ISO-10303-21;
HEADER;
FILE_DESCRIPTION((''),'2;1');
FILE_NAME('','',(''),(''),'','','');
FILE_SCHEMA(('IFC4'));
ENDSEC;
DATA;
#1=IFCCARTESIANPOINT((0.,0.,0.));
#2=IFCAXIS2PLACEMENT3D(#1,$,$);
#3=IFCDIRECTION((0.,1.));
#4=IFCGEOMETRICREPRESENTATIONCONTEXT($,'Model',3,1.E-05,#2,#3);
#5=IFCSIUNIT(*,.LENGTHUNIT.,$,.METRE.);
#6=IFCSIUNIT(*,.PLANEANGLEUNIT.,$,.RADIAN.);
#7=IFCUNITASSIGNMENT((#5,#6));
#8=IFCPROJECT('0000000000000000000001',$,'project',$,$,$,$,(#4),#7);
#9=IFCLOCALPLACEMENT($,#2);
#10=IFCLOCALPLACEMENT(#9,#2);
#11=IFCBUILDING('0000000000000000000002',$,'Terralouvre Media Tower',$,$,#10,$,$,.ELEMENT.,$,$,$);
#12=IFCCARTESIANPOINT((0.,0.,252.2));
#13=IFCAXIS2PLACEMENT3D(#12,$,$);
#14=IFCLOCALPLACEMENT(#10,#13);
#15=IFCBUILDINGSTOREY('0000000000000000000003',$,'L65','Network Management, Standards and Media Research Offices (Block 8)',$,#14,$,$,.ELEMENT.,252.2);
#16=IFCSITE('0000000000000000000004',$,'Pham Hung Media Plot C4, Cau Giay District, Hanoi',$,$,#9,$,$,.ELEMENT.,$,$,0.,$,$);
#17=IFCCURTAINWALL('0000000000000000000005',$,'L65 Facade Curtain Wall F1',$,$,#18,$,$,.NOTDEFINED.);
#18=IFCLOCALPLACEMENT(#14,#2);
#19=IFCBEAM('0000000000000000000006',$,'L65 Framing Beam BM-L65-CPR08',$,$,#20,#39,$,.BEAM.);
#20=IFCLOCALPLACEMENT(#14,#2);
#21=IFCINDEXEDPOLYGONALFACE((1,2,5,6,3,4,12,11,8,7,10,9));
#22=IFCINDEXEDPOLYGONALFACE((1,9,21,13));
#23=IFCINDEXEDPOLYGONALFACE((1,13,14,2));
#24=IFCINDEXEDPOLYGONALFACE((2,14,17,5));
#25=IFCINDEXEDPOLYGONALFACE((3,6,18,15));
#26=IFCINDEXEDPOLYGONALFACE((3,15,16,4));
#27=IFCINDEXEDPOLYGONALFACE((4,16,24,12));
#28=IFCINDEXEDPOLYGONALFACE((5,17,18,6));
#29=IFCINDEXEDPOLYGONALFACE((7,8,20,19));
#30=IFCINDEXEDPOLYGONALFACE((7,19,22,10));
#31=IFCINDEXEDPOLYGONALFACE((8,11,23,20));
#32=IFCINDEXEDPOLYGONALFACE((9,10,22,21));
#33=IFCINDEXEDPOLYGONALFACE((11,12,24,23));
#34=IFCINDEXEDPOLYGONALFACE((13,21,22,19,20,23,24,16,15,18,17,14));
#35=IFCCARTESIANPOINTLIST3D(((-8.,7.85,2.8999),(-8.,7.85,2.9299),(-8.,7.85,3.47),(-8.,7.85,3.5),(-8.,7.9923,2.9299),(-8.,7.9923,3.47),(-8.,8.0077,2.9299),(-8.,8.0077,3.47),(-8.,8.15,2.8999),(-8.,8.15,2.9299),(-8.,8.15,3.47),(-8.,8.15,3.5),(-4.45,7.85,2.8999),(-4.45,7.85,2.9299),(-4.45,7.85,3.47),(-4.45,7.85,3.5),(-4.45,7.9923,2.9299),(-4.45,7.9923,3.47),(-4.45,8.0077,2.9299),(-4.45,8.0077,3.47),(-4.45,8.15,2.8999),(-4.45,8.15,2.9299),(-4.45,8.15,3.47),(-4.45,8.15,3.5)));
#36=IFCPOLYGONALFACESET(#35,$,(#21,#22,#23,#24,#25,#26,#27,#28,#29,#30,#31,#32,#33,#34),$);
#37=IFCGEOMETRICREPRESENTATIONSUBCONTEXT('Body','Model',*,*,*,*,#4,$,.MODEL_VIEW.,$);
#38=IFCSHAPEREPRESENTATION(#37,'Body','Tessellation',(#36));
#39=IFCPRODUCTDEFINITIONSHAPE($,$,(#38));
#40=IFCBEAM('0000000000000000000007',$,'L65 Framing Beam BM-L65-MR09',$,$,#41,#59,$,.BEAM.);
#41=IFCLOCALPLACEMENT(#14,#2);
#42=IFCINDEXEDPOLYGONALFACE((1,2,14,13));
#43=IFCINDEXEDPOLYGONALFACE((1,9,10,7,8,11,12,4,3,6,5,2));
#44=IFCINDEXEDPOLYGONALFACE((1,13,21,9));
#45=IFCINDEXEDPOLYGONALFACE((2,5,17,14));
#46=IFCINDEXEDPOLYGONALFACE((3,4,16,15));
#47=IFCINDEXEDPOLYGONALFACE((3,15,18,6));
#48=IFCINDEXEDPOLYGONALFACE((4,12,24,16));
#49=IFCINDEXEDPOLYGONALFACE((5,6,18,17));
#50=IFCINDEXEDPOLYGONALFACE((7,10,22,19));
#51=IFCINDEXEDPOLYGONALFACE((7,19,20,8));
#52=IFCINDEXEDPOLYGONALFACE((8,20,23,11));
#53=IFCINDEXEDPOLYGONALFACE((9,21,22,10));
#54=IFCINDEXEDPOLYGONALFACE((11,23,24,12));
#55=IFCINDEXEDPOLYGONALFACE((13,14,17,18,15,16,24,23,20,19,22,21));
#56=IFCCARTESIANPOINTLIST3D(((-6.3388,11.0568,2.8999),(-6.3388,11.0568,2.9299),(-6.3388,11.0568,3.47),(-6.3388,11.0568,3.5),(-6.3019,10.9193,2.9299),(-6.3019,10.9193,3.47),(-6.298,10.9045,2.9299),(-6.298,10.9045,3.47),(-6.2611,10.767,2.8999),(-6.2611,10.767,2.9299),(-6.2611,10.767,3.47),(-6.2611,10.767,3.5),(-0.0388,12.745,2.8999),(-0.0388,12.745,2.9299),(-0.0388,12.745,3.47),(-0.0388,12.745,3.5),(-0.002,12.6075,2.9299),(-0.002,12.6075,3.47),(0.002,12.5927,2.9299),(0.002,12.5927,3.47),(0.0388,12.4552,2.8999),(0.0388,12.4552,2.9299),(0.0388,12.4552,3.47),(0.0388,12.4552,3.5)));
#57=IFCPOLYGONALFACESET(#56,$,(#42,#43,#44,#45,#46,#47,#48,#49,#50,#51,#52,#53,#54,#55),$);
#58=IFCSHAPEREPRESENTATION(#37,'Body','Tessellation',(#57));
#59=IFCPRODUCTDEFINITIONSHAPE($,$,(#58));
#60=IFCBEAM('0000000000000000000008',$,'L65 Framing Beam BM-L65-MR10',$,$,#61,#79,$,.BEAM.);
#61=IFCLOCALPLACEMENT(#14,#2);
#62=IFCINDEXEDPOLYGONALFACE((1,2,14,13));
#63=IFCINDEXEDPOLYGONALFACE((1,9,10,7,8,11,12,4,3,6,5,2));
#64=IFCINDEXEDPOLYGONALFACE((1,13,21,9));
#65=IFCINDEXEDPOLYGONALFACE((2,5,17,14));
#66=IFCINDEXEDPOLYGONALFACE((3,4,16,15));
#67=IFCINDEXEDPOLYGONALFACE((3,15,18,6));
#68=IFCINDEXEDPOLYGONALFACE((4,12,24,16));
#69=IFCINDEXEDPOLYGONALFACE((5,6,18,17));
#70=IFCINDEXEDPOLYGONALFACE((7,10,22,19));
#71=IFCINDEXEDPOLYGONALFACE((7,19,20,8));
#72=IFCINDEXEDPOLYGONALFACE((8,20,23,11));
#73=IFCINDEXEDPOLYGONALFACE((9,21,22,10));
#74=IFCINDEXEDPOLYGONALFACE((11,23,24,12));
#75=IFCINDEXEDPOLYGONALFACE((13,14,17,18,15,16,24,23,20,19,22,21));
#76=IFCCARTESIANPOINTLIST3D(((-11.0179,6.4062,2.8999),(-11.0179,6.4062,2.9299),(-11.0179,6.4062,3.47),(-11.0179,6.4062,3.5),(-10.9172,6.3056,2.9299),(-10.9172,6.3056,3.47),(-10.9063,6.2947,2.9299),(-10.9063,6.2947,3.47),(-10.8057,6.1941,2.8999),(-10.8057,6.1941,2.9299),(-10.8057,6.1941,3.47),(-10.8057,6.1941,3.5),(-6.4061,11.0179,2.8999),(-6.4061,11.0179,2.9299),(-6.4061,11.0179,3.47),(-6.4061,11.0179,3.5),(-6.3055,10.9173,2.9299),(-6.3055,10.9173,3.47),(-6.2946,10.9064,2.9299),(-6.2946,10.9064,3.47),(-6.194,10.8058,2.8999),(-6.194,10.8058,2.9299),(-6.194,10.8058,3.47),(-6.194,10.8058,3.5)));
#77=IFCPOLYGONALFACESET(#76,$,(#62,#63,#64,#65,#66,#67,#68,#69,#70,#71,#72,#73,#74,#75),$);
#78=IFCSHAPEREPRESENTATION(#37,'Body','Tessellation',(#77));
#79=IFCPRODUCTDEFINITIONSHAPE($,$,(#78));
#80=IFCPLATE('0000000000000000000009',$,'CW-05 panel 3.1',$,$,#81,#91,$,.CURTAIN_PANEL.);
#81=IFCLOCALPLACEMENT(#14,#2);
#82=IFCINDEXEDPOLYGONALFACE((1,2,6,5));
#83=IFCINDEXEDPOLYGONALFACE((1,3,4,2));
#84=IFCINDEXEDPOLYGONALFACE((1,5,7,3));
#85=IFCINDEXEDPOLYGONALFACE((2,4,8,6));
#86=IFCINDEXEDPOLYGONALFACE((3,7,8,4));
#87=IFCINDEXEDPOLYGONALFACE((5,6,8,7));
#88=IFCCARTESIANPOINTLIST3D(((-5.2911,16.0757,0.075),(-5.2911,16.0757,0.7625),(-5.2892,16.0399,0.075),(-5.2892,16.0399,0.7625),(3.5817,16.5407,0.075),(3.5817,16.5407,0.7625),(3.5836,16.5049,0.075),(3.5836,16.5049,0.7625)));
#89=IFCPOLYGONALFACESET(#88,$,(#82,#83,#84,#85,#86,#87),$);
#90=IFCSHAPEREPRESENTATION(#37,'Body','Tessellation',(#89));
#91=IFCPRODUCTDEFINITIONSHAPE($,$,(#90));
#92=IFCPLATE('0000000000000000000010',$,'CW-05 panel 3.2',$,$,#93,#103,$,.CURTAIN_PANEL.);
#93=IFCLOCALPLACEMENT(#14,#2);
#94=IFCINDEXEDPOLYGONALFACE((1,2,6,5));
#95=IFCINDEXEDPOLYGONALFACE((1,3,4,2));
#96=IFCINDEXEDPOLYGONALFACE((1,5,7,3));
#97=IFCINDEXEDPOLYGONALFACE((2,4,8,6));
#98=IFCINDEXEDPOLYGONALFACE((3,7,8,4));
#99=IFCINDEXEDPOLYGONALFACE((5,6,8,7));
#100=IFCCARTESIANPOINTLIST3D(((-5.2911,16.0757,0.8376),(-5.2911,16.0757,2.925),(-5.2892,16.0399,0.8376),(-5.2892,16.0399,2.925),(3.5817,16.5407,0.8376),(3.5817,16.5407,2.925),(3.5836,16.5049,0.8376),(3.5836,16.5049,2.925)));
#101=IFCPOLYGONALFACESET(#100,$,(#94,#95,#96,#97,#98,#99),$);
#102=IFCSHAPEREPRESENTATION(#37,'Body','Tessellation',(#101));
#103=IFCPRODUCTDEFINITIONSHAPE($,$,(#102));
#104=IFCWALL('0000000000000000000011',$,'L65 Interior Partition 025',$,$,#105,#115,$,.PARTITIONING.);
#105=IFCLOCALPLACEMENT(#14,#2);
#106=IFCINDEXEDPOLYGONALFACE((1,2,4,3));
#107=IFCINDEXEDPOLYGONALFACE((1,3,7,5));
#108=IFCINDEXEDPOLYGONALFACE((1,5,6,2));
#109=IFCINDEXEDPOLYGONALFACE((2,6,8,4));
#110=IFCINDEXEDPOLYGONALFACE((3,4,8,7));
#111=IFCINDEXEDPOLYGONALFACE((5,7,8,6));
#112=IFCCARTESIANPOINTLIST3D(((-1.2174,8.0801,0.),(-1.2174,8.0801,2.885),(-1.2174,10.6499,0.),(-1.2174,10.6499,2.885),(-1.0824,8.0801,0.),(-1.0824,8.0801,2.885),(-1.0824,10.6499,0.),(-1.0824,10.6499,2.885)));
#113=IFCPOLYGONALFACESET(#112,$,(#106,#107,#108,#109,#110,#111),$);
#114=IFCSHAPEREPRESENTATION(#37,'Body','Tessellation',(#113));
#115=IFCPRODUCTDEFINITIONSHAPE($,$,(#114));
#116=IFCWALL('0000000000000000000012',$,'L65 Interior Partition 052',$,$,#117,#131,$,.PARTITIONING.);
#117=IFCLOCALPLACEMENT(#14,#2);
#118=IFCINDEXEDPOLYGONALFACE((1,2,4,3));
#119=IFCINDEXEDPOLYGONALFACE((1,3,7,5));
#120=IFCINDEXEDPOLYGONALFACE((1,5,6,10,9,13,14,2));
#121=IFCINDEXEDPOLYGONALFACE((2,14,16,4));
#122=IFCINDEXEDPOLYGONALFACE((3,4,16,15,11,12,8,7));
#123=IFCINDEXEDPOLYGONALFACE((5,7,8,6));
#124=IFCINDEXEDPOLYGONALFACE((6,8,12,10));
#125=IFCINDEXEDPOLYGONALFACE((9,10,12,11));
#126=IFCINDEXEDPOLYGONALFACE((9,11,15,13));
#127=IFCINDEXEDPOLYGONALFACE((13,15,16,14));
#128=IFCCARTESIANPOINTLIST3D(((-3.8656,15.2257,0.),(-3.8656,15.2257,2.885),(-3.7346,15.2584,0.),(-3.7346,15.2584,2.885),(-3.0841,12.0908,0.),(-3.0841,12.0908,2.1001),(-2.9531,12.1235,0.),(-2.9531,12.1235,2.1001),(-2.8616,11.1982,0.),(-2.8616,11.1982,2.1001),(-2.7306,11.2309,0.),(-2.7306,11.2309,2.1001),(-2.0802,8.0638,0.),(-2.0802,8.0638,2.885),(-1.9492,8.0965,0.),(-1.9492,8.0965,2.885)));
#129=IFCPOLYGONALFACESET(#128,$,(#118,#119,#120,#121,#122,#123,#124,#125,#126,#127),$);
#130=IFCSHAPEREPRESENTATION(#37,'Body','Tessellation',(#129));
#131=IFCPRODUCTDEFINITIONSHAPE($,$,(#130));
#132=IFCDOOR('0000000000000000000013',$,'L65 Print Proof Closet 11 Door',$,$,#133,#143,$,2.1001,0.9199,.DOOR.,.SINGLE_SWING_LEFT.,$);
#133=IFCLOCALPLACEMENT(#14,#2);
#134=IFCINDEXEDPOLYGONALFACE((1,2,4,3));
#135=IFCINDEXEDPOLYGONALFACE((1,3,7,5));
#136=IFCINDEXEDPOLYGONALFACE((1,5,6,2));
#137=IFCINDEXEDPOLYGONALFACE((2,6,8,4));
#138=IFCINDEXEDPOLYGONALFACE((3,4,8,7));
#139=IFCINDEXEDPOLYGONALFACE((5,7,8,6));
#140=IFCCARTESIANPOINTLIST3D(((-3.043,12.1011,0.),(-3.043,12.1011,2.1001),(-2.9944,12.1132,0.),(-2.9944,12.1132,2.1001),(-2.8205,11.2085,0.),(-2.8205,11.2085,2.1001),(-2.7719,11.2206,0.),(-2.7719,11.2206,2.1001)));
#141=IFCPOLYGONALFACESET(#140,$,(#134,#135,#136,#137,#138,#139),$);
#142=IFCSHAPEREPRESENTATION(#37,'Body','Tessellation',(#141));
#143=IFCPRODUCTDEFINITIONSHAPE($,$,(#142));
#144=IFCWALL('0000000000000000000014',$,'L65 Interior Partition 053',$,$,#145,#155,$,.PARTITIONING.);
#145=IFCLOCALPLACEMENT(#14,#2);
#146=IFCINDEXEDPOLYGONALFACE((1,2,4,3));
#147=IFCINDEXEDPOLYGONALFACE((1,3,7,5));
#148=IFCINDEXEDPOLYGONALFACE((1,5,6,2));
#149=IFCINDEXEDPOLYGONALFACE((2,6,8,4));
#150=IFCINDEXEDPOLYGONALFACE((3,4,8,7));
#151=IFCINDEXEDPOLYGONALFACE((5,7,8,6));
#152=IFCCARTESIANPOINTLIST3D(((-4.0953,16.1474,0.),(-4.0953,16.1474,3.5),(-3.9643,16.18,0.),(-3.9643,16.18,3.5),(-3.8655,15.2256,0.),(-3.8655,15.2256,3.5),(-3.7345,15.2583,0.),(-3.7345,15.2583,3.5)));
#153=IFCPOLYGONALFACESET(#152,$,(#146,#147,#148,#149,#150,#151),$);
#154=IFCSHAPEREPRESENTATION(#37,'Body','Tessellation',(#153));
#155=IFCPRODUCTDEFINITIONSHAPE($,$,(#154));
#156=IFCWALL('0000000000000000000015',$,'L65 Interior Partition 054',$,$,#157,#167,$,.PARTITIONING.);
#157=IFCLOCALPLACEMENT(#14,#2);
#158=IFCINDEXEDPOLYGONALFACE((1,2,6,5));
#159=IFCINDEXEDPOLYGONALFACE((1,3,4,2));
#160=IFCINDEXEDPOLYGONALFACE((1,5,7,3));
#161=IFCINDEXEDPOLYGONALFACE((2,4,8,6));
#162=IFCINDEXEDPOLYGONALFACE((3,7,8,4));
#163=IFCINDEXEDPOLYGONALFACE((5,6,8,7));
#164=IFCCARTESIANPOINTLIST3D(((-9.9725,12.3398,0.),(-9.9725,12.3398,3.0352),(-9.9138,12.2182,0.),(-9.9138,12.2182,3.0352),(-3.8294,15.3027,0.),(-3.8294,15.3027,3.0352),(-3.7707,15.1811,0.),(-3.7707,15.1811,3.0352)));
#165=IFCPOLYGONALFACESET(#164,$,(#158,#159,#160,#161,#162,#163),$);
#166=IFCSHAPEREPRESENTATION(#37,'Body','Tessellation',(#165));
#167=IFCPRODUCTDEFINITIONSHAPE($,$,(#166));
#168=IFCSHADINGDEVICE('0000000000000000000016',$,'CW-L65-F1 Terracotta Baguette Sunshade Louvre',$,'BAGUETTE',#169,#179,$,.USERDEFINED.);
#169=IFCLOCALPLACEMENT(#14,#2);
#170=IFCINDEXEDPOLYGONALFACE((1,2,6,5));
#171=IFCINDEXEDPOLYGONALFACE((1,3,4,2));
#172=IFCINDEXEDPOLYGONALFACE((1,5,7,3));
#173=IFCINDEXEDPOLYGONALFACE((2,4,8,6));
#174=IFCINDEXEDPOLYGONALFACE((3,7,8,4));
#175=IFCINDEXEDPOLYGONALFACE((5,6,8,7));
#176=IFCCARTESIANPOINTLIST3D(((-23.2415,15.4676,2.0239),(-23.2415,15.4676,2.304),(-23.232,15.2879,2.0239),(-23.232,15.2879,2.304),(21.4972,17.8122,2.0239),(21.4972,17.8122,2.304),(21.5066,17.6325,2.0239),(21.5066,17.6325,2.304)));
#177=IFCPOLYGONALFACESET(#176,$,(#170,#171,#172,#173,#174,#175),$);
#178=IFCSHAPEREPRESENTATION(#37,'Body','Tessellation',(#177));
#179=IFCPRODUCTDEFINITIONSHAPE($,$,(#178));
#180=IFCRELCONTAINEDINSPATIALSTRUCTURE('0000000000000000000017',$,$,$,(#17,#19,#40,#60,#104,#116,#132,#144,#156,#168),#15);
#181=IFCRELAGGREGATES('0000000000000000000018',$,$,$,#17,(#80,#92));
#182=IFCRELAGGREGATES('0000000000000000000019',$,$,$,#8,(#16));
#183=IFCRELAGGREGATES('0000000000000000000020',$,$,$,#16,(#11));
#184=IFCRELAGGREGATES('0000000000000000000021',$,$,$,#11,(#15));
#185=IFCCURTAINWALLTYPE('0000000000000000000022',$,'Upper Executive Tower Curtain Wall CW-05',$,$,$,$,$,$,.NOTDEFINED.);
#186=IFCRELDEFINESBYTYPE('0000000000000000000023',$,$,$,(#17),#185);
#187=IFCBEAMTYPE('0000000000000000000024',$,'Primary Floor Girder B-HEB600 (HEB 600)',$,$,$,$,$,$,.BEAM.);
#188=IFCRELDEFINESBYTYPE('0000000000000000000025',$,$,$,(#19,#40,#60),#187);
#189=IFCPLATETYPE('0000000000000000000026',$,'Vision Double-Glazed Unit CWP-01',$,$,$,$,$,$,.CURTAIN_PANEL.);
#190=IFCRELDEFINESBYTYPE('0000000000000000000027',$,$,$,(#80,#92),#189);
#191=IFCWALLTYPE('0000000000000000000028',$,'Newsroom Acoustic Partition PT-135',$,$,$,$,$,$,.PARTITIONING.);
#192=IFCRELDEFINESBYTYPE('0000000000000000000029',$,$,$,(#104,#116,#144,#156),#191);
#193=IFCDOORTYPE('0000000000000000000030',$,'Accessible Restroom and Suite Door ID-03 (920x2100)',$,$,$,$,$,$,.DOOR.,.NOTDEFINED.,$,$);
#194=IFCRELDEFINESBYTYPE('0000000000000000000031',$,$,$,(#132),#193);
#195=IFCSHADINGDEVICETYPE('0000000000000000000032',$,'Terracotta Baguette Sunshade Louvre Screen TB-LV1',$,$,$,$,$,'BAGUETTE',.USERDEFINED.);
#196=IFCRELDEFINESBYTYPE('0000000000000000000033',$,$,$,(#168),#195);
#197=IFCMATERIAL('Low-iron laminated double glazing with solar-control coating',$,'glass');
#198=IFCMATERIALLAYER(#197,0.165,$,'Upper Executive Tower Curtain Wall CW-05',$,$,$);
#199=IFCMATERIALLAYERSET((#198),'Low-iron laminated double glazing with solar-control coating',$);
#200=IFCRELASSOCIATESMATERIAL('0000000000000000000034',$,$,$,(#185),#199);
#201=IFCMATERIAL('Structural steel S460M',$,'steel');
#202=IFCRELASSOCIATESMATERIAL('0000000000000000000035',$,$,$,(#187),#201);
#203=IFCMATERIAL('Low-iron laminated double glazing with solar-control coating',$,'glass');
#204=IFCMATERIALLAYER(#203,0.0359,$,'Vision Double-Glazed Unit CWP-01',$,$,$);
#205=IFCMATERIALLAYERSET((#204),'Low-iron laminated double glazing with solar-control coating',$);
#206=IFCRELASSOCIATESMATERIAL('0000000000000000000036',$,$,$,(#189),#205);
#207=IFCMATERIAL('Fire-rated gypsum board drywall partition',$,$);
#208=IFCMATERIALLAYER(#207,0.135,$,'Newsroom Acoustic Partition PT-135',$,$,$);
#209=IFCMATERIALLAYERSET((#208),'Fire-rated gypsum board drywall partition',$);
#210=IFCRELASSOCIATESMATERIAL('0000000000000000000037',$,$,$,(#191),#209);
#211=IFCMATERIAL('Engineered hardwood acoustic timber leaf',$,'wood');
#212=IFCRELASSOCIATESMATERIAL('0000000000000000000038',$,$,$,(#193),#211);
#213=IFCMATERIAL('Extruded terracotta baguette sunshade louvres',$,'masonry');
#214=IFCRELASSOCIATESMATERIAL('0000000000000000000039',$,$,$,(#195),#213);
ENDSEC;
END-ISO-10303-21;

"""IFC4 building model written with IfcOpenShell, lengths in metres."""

from ifc_helpers import new_model, si_unit, direction, frame, frame_2d, origin, origin_2d, place, context, subcontext, project, spatial, rectangle, i_section, extrude, material, layer, layer_set, material_profile, profile_set, type_object, element, fill, aggregate, save


model = new_model("IFC4")

# Units and contexts
model_context = context("Model", 3, precision=1e-05, world=origin(), true_north=direction((0.0, 1.0)))
body_context = subcontext(model_context, "Body", "Model", "MODEL_VIEW")
ifc_project = project(units=[si_unit("LENGTHUNIT", "METRE"), si_unit("PLANEANGLEUNIT", "RADIAN")], contexts=[model_context])

# Site, building, storey
site_placement = place(None, origin())
site = spatial("IfcSite", under=ifc_project, at=site_placement, Name="Pham Hung Media Plot C4, Cau Giay District, Hanoi", CompositionType="ELEMENT", RefElevation=0.0)
building_placement = place(site_placement, origin())
building = spatial("IfcBuilding", under=site, at=building_placement, Name="Terralouvre Media Tower", CompositionType="ELEMENT")
storey_placement = place(building_placement, frame((0.0, 0.0, 252.2)))
storey = spatial("IfcBuildingStorey", under=building, at=storey_placement, Name="L65", Description="Network Management, Standards and Media Research Offices (Block 8)", CompositionType="ELEMENT", Elevation=252.2)

# Curtain wall
ifc_material_1 = material(Name="Low-iron laminated double glazing with solar-control coating", Category="glass")
ifc_layer_1 = layer(ifc_material_1, 0.165, Name="Upper Executive Tower Curtain Wall CW-05")
ifc_layer_set_1 = layer_set([ifc_layer_1], Name="Low-iron laminated double glazing with solar-control coating")
curtain_wall_type = type_object("IfcCurtainWallType", Name="Upper Executive Tower Curtain Wall CW-05", PredefinedType="NOTDEFINED", material=ifc_layer_set_1)
curtain_wall_placement = place(storey_placement, origin())
curtain_wall = element("IfcCurtainWall", 1, at=curtain_wall_placement, inside=storey, type_object=curtain_wall_type, Name="L65 Facade Curtain Wall F1", PredefinedType="NOTDEFINED")

# Beams
ifc_material_2 = material(Name="Structural steel S460M", Category="steel")
ifc_material_profile_1 = material_profile(ifc_material_2, i_section(OverallWidth=0.3, OverallDepth=0.6001, WebThickness=0.0154, FlangeThickness=0.03, at=origin_2d()), Name="HEB 600")
ifc_profile_set_1 = profile_set([ifc_material_profile_1], Name="Structural steel S460M")
beam_type_1 = type_object("IfcBeamType", Name="Primary Floor Girder B-HEB600 (HEB 600)", PredefinedType="BEAM", material=ifc_profile_set_1)
beam_1_placement = place(storey_placement, frame((-4.45, 8.0, 3.2), z_axis=(-1.0, 0.0, 0.0), x_axis=(0.0, -1.0, 0.0)))
element("IfcBeam", 2, at=beam_1_placement, inside=storey, type_object=beam_type_1, Name="L65 Framing Beam BM-L65-CPR08", PredefinedType="BEAM", context=body_context, shape_type="SweptSolid", body=[
    extrude(i_section(OverallWidth=0.3, OverallDepth=0.6001, WebThickness=0.0154, FlangeThickness=0.03, at=origin_2d()), origin(), (0.0, 0.0, 1.0), 3.55),
])
beam_2_placement = place(storey_placement, frame((0.0, 12.6001, 3.2), z_axis=(-0.96592, -0.258839, 0.0), x_axis=(0.258839, -0.96592, 0.0)))
element("IfcBeam", 3, at=beam_2_placement, inside=storey, type_object=beam_type_1, Name="L65 Framing Beam BM-L65-MR09", PredefinedType="BEAM", context=body_context, shape_type="SweptSolid", body=[
    extrude(i_section(OverallWidth=0.3, OverallDepth=0.6001, WebThickness=0.0154, FlangeThickness=0.03, at=origin_2d()), origin(), (0.0, 0.0, 1.0), 6.5222),
])
beam_3_placement = place(storey_placement, frame((-6.3, 10.9119, 3.2), z_axis=(-0.707107, -0.707107, 0.0), x_axis=(0.707107, -0.707107, 0.0)))
element("IfcBeam", 4, at=beam_3_placement, inside=storey, type_object=beam_type_1, Name="L65 Framing Beam BM-L65-MR10", PredefinedType="BEAM", context=body_context, shape_type="SweptSolid", body=[
    extrude(i_section(OverallWidth=0.3, OverallDepth=0.6001, WebThickness=0.0154, FlangeThickness=0.03, at=origin_2d()), origin(), (0.0, 0.0, 1.0), 6.522),
])

# Plates
ifc_material_3 = material(Name="Low-iron laminated double glazing with solar-control coating", Category="glass")
ifc_layer_2 = layer(ifc_material_3, 0.0359, Name="Vision Double-Glazed Unit CWP-01")
ifc_layer_set_2 = layer_set([ifc_layer_2], Name="Low-iron laminated double glazing with solar-control coating")
plate_type = type_object("IfcPlateType", Name="Vision Double-Glazed Unit CWP-01", PredefinedType="CURTAIN_PANEL", material=ifc_layer_set_2)
plate_1_placement = place(storey_placement, frame((-0.8538, 16.2903, 0.075), z_axis=(0.0, 0.0, 1.0), x_axis=(-0.99863, -0.052336, 0.0)))
plate_1 = element("IfcPlate", 5, at=plate_1_placement, type_object=plate_type, Name="CW-05 panel 3.1", PredefinedType="CURTAIN_PANEL", context=body_context, shape_type="SweptSolid", body=[
    extrude(rectangle(XDim=8.885, YDim=0.0359, at=origin_2d()), origin(), (0.0, 0.0, 1.0), 0.6875),
])
plate_2_placement = place(storey_placement, frame((-0.8538, 16.2903, 0.8376), z_axis=(0.0, 0.0, 1.0), x_axis=(-0.99863, -0.052336, 0.0)))
plate_2 = element("IfcPlate", 6, at=plate_2_placement, type_object=plate_type, Name="CW-05 panel 3.2", PredefinedType="CURTAIN_PANEL", context=body_context, shape_type="SweptSolid", body=[
    extrude(rectangle(XDim=8.885, YDim=0.0359, at=origin_2d()), origin(), (0.0, 0.0, 1.0), 2.0874),
])
aggregate(curtain_wall, [plate_1, plate_2])

# Wall
ifc_material_4 = material(Name="Fire-rated gypsum board drywall partition")
ifc_layer_3 = layer(ifc_material_4, 0.135, Name="Newsroom Acoustic Partition PT-135")
ifc_layer_set_3 = layer_set([ifc_layer_3], Name="Fire-rated gypsum board drywall partition")
wall_type = type_object("IfcWallType", Name="Newsroom Acoustic Partition PT-135", PredefinedType="PARTITIONING", material=ifc_layer_set_3)
wall_1_placement = place(storey_placement, frame((-1.1499, 10.6499, 0.0), z_axis=(0.0, 0.0, 1.0), x_axis=(0.0, -1.0, 0.0)))
element("IfcWall", 7, at=wall_1_placement, inside=storey, type_object=wall_type, Name="L65 Interior Partition 025", PredefinedType="PARTITIONING", context=body_context, shape_type="SweptSolid", body=[
    extrude(rectangle(XDim=2.5698, YDim=0.135, at=frame_2d((1.2849, 0.0))), origin(), (0.0, 0.0, 1.0), 2.885),
])

# Wall, opening, door
wall_2_placement = place(storey_placement, frame((-3.8, 15.2419, 0.0), z_axis=(0.0, 0.0, 1.0), x_axis=(0.24189, -0.970304, 0.0)))
wall_2 = element("IfcWall", 8, at=wall_2_placement, inside=storey, type_object=wall_type, Name="L65 Interior Partition 052", PredefinedType="PARTITIONING", context=body_context, shape_type="SweptSolid", body=[
    extrude(rectangle(XDim=7.3811, YDim=0.135, at=frame_2d((3.6904, 0.0))), origin(), (0.0, 0.0, 1.0), 2.885),
])
opening_placement = place(wall_2_placement, frame((3.2307, 0.0, 0.0)))
opening = element("IfcOpeningElement", 9, at=opening_placement, cuts=wall_2, PredefinedType="OPENING", context=body_context, shape_type="SweptSolid", body=[
    extrude(rectangle(XDim=0.9199, YDim=2.1001, at=frame_2d((0.46, 1.05))), frame((0.0, 0.0774, 0.0), z_axis=(0.0, -1.0, 0.0), x_axis=(1.0, 0.0, 0.0)), (0.0, 0.0, 1.0), 0.155),
])
ifc_material_5 = material(Name="Engineered hardwood acoustic timber leaf", Category="wood")
door_type = type_object("IfcDoorType", Name="Accessible Restroom and Suite Door ID-03 (920x2100)", OperationType="NOTDEFINED", PredefinedType="DOOR", material=ifc_material_5)
door_placement = place(opening_placement, origin())
door = element("IfcDoor", 10, at=door_placement, inside=storey, type_object=door_type, Name="L65 Print Proof Closet 11 Door", OperationType="SINGLE_SWING_LEFT", OverallHeight=2.1001, OverallWidth=0.9199, PredefinedType="DOOR", context=body_context, shape_type="SweptSolid", body=[
    extrude(rectangle(XDim=0.9199, YDim=2.1001, at=frame_2d((0.46, 1.05))), frame((0.0, 0.0249, 0.0), z_axis=(0.0, -1.0, 0.0), x_axis=(1.0, 0.0, 0.0)), (0.0, 0.0, 1.0), 0.05),
])
fill(opening, door)

# Walls
wall_3_placement = place(storey_placement, frame((-4.0298, 16.1638, 0.0), z_axis=(0.0, 0.0, 1.0), x_axis=(0.24181, -0.970324, 0.0)))
element("IfcWall", 11, at=wall_3_placement, inside=storey, type_object=wall_type, Name="L65 Interior Partition 053", PredefinedType="PARTITIONING", context=body_context, shape_type="SweptSolid", body=[
    extrude(rectangle(XDim=0.95, YDim=0.135, at=frame_2d((0.4751, 0.0))), origin(), (0.0, 0.0, 1.0), 3.5),
])
wall_4_placement = place(storey_placement, frame((-3.8, 15.2419, 0.0), z_axis=(0.0, 0.0, 1.0), x_axis=(-0.900708, -0.434425, 0.0)))
element("IfcWall", 12, at=wall_4_placement, inside=storey, type_object=wall_type, Name="L65 Interior Partition 054", PredefinedType="PARTITIONING", context=body_context, shape_type="SweptSolid", body=[
    extrude(rectangle(XDim=6.8203, YDim=0.135, at=frame_2d((3.4102, 0.0))), origin(), (0.0, 0.0, 1.0), 3.0352),
])

# Shading device
ifc_material_6 = material(Name="Extruded terracotta baguette sunshade louvres", Category="masonry")
shading_device_type = type_object("IfcShadingDeviceType", Name="Terracotta Baguette Sunshade Louvre Screen TB-LV1", ElementType="BAGUETTE", PredefinedType="USERDEFINED", material=ifc_material_6)
shading_device_placement = place(storey_placement, frame((-0.8674, 16.55, 2.0239), z_axis=(0.0, 0.0, 1.0), x_axis=(-0.99863, -0.052336, 0.0)))
element("IfcShadingDevice", 13, at=shading_device_placement, inside=storey, type_object=shading_device_type, Name="CW-L65-F1 Terracotta Baguette Sunshade Louvre", ObjectType="BAGUETTE", PredefinedType="USERDEFINED", context=body_context, shape_type="SweptSolid", body=[
    extrude(rectangle(XDim=44.8, YDim=0.1799, at=origin_2d()), origin(), (0.0, 0.0, 1.0), 0.28),
])

save(model, "model.ifc")
